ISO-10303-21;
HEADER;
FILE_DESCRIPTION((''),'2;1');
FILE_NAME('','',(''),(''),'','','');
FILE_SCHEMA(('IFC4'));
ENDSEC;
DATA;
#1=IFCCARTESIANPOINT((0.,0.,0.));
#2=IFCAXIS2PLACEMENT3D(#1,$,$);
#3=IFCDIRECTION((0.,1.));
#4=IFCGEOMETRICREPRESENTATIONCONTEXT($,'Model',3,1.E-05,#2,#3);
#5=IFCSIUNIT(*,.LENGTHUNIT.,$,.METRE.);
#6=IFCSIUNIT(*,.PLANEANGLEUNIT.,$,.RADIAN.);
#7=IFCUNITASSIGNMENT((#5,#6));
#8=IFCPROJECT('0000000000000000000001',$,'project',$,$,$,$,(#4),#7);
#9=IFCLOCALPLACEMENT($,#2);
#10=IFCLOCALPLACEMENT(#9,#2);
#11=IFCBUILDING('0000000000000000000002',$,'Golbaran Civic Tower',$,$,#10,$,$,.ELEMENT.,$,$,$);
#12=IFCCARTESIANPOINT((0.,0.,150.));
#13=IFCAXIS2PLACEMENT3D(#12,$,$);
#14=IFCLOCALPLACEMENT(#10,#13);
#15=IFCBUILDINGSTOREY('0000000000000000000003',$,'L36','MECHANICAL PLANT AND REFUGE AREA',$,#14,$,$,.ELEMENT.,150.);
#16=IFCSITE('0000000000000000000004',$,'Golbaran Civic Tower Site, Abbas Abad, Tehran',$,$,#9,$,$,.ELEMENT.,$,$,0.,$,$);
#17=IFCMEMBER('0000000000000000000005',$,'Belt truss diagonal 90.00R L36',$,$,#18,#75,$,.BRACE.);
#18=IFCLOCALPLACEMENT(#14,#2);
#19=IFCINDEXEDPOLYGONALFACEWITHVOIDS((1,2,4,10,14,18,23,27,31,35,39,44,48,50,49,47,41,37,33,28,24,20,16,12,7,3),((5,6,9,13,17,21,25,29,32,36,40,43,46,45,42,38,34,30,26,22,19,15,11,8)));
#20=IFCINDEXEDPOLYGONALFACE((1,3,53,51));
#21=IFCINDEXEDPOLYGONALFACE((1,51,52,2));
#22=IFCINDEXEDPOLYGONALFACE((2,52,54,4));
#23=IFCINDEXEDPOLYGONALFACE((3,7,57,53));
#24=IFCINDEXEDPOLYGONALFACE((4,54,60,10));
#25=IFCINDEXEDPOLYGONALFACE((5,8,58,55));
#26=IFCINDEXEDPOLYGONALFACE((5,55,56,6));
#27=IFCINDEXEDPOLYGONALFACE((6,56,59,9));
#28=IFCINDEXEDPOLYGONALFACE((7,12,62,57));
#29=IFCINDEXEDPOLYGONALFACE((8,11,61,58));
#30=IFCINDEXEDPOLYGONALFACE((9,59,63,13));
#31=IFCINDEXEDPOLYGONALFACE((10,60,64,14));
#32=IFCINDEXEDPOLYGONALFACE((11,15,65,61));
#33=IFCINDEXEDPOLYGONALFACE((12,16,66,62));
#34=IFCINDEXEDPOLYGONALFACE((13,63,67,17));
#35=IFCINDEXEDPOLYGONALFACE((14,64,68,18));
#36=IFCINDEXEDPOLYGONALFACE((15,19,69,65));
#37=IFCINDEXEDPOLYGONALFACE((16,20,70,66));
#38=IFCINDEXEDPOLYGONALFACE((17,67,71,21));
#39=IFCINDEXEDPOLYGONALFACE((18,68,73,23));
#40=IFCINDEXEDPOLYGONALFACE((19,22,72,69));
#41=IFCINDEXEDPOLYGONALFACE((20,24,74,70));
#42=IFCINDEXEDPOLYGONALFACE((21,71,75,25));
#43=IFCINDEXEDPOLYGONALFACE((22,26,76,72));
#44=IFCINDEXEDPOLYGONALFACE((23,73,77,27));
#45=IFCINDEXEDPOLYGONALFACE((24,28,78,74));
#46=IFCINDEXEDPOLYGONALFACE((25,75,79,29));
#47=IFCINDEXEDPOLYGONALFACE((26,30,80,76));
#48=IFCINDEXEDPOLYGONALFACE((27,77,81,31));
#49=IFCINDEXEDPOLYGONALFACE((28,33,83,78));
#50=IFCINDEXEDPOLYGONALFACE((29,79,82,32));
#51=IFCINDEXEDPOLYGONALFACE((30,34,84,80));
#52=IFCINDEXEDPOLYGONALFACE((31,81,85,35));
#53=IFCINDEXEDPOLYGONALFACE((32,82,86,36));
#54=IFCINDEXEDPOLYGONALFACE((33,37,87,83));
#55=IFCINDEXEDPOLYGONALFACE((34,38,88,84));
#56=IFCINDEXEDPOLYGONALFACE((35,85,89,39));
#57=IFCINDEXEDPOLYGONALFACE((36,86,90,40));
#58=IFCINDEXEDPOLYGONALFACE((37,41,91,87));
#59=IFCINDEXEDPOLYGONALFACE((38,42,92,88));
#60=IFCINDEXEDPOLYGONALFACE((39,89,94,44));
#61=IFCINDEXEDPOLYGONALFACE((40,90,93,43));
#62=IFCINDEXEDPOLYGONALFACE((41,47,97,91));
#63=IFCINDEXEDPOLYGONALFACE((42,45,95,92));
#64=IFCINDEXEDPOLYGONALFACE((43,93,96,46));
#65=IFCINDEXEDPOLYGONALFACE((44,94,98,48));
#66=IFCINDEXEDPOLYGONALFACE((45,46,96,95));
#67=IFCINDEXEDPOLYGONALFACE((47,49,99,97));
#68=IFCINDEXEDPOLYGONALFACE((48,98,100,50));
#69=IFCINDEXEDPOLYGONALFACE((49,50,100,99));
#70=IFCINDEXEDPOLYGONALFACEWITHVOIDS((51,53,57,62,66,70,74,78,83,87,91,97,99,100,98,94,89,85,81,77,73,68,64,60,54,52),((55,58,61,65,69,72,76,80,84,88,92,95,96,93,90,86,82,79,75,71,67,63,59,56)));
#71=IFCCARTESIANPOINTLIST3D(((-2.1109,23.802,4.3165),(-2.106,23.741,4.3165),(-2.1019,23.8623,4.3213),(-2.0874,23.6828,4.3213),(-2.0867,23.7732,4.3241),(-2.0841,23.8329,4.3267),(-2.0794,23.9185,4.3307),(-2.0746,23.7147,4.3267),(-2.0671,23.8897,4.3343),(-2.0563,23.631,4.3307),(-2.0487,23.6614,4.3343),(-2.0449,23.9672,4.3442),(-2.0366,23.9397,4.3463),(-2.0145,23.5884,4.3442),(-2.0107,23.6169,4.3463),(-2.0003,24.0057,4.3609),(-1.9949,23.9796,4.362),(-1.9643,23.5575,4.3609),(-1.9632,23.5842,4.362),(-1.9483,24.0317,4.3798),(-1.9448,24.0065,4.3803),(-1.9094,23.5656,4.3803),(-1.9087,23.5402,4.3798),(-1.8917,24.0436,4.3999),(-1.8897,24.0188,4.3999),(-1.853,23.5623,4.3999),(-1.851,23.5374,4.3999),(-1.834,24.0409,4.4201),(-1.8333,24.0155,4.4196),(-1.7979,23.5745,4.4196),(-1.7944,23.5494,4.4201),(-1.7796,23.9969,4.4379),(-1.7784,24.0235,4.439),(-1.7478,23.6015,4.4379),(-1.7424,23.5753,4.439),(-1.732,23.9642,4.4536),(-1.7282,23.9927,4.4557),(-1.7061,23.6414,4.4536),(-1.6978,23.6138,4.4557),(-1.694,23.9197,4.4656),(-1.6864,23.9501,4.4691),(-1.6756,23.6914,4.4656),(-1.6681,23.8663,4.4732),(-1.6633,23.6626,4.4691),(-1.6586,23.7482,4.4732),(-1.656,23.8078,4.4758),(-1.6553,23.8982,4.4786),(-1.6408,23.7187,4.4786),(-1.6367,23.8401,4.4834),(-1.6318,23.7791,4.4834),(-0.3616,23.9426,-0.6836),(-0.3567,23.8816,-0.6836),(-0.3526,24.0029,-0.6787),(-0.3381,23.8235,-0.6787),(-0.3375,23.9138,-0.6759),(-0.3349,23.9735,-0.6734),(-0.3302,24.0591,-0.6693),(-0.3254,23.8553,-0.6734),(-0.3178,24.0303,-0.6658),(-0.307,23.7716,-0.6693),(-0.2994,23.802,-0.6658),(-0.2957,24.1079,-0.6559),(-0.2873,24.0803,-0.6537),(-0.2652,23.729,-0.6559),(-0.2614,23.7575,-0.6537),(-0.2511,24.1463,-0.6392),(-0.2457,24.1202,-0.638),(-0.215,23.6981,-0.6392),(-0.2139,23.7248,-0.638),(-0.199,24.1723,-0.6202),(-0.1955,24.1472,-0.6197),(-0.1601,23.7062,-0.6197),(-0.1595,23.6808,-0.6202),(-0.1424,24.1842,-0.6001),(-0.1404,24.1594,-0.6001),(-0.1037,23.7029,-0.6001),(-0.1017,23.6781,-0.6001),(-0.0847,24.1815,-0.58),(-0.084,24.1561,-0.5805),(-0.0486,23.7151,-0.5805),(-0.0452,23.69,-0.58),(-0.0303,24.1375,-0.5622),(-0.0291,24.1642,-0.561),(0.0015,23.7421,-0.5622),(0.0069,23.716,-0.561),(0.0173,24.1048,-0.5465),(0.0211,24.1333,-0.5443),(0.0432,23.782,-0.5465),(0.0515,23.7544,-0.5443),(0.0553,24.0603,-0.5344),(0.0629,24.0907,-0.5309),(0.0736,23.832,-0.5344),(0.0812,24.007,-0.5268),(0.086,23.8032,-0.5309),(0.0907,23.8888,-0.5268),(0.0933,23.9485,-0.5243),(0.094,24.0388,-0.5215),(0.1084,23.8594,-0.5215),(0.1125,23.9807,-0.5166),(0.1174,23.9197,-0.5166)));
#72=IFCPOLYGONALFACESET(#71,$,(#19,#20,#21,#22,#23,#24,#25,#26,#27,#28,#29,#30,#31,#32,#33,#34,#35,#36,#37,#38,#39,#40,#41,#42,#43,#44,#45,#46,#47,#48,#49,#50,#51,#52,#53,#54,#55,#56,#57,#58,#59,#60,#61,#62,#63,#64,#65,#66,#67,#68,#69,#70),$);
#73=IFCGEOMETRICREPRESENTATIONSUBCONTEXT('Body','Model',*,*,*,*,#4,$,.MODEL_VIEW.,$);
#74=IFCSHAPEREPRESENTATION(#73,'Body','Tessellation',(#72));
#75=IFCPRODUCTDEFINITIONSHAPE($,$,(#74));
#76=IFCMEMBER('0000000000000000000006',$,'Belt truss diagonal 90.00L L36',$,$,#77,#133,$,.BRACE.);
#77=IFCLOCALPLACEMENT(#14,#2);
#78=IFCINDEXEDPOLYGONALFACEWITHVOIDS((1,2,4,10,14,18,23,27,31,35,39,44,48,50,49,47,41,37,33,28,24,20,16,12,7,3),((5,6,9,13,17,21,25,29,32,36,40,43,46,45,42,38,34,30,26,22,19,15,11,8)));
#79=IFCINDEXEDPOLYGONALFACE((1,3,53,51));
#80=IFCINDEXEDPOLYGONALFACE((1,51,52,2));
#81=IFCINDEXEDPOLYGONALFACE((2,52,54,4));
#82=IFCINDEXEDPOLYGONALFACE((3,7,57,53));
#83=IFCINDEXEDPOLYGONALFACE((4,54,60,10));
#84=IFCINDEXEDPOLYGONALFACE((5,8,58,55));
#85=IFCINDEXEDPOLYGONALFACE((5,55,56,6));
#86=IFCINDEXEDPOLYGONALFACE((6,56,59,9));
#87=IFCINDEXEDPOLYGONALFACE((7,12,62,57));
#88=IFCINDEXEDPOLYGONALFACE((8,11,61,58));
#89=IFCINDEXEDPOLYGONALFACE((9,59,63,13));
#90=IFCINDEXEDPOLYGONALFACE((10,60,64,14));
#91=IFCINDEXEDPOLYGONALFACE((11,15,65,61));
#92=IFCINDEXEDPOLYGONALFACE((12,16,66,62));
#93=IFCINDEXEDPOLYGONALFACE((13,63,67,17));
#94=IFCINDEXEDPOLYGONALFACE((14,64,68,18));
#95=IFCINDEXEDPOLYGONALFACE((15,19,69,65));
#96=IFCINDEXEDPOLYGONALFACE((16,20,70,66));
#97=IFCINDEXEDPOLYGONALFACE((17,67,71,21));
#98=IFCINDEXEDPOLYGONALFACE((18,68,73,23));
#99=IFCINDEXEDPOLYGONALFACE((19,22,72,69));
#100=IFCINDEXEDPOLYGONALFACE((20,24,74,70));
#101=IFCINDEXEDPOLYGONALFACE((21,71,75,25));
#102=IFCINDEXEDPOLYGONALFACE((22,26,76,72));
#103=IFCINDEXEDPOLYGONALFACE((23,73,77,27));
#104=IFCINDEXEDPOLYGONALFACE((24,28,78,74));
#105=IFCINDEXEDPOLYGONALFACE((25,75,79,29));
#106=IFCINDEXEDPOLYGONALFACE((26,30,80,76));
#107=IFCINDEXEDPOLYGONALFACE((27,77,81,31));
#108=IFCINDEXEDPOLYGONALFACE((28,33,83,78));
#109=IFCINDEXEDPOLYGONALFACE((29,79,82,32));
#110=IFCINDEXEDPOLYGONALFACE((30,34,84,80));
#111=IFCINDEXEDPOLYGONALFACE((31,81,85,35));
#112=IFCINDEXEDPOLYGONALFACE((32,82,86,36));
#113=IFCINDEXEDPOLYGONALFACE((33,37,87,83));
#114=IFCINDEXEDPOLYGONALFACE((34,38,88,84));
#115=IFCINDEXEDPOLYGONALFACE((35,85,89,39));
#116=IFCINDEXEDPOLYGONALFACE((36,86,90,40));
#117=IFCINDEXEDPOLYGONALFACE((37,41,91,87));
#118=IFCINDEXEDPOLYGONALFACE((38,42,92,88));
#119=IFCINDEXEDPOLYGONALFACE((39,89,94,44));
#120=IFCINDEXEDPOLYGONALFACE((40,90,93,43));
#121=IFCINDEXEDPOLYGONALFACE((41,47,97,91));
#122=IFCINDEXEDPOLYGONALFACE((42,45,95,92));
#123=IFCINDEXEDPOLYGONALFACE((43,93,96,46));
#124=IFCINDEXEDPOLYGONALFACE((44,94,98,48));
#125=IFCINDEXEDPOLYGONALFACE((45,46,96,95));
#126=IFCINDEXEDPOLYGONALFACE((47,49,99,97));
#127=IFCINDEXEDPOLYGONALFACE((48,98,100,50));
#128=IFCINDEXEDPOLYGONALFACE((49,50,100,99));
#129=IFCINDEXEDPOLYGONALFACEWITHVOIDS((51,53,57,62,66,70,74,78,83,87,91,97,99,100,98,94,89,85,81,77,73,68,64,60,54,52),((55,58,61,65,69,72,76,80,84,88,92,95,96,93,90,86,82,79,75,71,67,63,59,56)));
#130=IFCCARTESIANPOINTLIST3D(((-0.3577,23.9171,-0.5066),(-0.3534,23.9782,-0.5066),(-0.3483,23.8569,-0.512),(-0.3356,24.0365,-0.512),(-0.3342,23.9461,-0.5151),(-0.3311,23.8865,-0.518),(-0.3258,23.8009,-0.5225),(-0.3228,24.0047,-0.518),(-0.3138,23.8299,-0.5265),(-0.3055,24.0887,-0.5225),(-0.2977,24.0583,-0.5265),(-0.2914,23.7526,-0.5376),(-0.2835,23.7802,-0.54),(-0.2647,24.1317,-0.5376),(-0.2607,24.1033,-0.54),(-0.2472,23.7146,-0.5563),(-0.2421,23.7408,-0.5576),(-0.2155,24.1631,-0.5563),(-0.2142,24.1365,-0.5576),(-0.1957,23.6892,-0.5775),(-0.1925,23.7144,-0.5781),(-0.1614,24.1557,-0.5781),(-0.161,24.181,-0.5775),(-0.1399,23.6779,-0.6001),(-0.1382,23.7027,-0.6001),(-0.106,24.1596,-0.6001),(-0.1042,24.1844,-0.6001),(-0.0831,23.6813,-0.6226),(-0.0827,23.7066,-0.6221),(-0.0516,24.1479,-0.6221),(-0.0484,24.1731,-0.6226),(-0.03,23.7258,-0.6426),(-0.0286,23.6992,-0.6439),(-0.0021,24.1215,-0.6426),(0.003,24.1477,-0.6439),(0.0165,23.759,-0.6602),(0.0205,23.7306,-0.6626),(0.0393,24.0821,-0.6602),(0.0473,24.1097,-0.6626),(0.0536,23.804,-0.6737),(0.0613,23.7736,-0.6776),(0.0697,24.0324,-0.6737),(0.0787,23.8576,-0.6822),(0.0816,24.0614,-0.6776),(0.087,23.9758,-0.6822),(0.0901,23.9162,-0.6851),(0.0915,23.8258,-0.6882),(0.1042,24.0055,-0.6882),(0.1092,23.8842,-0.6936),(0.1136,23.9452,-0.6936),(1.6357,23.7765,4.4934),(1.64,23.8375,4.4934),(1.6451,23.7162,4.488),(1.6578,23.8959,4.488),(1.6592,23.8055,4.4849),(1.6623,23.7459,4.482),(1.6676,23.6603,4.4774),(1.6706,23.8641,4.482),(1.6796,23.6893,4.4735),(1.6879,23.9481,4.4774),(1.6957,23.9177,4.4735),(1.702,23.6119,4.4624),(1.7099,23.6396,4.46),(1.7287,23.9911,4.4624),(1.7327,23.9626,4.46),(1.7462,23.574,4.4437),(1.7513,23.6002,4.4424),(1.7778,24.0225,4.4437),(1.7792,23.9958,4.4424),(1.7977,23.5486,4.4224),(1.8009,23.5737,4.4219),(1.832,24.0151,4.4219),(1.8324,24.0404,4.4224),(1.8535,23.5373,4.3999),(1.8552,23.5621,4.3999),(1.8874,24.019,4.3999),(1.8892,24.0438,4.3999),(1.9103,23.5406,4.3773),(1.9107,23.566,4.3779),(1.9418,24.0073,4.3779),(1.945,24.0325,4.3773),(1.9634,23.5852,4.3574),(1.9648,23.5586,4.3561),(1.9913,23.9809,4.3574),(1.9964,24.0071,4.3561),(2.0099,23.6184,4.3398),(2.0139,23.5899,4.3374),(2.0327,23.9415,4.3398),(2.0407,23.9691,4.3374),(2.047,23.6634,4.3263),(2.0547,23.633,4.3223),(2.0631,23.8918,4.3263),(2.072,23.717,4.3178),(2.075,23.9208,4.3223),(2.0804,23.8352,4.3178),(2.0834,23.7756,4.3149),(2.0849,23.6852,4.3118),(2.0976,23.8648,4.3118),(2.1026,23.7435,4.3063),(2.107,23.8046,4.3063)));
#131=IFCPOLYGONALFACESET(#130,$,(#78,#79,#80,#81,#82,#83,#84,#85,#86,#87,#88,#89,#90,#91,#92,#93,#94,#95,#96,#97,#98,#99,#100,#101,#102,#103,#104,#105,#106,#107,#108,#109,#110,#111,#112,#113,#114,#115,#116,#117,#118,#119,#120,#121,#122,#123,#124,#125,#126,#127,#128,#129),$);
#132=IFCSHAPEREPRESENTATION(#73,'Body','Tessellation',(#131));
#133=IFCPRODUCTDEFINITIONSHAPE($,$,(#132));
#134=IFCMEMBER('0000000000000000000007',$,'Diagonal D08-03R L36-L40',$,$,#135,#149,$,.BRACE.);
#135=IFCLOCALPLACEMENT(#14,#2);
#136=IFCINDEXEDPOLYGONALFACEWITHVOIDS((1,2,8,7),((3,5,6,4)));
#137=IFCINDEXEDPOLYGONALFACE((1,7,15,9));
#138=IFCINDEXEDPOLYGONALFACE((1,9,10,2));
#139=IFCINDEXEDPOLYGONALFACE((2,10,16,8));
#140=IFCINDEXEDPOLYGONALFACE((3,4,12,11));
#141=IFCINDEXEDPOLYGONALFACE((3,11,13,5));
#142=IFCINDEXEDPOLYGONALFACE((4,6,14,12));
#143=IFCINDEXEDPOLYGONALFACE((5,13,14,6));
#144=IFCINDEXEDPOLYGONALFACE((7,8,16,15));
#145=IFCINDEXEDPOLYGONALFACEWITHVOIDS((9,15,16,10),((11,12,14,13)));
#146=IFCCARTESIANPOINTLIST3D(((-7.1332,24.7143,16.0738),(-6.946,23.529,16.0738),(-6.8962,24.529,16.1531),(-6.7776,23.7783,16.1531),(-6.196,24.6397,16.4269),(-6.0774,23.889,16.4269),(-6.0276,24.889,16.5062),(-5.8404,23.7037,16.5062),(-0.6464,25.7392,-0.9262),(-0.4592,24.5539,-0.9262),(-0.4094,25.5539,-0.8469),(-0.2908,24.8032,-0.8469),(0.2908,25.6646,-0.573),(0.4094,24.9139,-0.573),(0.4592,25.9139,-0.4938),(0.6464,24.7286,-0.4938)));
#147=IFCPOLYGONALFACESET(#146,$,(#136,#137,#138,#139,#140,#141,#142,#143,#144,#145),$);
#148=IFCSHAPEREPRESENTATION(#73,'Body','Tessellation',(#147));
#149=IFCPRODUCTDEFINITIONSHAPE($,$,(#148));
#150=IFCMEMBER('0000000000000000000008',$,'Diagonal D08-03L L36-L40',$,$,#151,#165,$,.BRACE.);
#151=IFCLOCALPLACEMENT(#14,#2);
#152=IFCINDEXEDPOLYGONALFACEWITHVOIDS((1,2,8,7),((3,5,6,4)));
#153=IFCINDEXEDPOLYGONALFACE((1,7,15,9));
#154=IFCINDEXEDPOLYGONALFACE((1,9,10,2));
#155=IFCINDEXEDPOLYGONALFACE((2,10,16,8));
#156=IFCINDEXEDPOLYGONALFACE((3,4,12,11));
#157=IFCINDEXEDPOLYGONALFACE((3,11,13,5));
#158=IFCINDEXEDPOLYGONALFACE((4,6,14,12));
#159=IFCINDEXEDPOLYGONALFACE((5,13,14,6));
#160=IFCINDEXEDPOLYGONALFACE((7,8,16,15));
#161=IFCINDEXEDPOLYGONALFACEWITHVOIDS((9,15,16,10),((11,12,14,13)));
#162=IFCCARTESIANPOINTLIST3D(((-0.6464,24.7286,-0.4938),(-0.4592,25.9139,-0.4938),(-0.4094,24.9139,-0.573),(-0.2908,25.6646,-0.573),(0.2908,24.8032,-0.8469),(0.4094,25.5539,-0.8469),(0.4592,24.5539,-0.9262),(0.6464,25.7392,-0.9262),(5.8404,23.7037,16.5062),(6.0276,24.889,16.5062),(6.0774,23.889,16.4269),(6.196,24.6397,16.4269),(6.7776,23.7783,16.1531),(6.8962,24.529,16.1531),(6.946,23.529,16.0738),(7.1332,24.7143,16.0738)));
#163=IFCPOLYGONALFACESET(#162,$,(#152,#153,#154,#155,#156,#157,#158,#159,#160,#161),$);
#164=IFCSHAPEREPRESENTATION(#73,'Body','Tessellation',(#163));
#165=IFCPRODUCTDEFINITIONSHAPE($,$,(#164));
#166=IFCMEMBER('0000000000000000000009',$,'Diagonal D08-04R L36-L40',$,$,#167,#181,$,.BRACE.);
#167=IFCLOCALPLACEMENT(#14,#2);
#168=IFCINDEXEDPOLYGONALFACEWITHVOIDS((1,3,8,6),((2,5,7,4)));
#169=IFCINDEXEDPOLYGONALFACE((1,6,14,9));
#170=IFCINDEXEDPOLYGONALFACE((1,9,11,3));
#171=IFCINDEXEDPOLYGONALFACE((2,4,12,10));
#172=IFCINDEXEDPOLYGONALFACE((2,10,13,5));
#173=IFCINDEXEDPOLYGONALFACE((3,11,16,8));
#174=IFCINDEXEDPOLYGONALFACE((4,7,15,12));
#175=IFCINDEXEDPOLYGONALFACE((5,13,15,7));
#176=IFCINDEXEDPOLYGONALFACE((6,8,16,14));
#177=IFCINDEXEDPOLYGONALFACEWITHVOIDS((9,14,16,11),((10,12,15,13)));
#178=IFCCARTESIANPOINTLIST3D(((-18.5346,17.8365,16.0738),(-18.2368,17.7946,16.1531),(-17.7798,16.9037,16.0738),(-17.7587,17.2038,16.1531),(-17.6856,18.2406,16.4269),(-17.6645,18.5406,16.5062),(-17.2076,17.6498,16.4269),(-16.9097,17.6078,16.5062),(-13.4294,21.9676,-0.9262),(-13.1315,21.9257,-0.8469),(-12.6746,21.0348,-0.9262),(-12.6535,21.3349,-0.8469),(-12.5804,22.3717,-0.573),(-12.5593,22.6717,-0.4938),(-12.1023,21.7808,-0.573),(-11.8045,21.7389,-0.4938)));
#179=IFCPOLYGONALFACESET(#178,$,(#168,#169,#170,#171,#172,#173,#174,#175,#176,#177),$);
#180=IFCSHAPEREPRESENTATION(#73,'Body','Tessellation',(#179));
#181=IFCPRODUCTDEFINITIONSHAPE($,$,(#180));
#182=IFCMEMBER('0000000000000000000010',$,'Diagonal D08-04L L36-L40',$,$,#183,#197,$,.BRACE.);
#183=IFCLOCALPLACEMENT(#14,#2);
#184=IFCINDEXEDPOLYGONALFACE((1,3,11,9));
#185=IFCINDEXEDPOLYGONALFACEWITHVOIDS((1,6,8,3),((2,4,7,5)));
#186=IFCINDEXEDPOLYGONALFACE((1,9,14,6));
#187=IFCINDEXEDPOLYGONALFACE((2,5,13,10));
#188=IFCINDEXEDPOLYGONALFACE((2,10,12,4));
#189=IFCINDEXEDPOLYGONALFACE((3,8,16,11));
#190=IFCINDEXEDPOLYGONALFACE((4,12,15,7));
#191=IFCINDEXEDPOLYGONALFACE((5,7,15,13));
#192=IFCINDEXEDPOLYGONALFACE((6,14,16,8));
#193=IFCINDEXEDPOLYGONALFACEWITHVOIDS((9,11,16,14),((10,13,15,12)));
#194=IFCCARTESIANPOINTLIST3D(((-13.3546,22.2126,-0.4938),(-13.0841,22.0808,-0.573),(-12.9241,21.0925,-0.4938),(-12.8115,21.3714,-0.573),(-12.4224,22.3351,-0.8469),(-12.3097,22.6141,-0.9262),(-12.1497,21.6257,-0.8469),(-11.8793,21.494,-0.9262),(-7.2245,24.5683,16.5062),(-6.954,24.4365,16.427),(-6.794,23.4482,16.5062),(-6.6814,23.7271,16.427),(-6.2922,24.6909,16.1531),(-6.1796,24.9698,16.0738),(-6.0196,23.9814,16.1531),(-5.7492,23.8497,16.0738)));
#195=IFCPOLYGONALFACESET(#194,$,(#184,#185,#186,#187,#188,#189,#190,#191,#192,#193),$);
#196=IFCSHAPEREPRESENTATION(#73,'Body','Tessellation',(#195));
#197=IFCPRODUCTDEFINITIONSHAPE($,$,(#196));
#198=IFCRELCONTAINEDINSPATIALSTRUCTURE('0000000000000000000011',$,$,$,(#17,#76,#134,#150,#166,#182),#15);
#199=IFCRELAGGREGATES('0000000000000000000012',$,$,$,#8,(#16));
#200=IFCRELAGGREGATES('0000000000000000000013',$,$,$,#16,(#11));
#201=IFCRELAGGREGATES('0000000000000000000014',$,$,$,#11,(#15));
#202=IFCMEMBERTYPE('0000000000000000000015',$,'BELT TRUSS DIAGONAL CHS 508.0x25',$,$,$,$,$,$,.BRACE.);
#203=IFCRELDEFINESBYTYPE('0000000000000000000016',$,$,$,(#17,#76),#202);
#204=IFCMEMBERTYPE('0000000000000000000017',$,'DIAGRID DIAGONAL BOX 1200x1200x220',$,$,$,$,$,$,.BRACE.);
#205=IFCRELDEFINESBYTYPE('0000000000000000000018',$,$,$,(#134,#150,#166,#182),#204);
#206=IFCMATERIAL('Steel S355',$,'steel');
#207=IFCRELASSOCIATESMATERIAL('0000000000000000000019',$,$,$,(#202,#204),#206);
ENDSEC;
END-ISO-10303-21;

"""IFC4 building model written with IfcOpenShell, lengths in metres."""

from ifc_helpers import new_model, si_unit, direction, frame, origin, origin_2d, place, context, subcontext, project, spatial, hollow_rectangle, hollow_circle, extrude, material, material_profile, profile_set, type_object, element, save


model = new_model("IFC4")

# Units and contexts
model_context = context("Model", 3, precision=1e-05, world=origin(), true_north=direction((0.0, 1.0)))
body_context = subcontext(model_context, "Body", "Model", "MODEL_VIEW")
ifc_project = project(units=[si_unit("LENGTHUNIT", "METRE"), si_unit("PLANEANGLEUNIT", "RADIAN")], contexts=[model_context])

# Site, building, storey
site_placement = place(None, origin())
site = spatial("IfcSite", under=ifc_project, at=site_placement, Name="Golbaran Civic Tower Site, Abbas Abad, Tehran", CompositionType="ELEMENT", RefElevation=0.0)
building_placement = place(site_placement, origin())
building = spatial("IfcBuilding", under=site, at=building_placement, Name="Golbaran Civic Tower", CompositionType="ELEMENT")
storey_placement = place(building_placement, frame((0.0, 0.0, 150.0)))
storey = spatial("IfcBuildingStorey", under=building, at=storey_placement, Name="L36", Description="MECHANICAL PLANT AND REFUGE AREA", CompositionType="ELEMENT", Elevation=150.0)

# Members
ifc_material_1 = material(Name="Steel S355", Category="steel")
ifc_material_profile_1 = material_profile(ifc_material_1, hollow_circle(Radius=0.2539, WallThickness=0.0249, at=origin_2d()), Name="CHS 508.0x25")
ifc_profile_set_1 = profile_set([ifc_material_profile_1], Name="Steel S355")
member_type_1 = type_object("IfcMemberType", Name="BELT TRUSS DIAGONAL CHS 508.0x25", PredefinedType="BRACE", material=ifc_profile_set_1)
member_1_placement = place(storey_placement, frame((-0.1221, 23.9312, -0.6001), z_axis=(-0.330111, -0.026538, 0.943569), x_axis=(0.080132, -0.996784, 0.0)))
element("IfcMember", 1, at=member_1_placement, inside=storey, type_object=member_type_1, Name="Belt truss diagonal 90.00R L36", PredefinedType="BRACE", context=body_context, shape_type="SweptSolid", body=[
    extrude(hollow_circle(Radius=0.2539, WallThickness=0.0249, at=origin_2d()), origin(), (0.0, 0.0, 1.0), 5.2991),
])
member_2_placement = place(storey_placement, frame((-0.1221, 23.9312, -0.6001), z_axis=(0.370208, -0.026116, 0.928582), x_axis=(0.07037, 0.997521, 0.0)))
element("IfcMember", 2, at=member_2_placement, inside=storey, type_object=member_type_1, Name="Belt truss diagonal 90.00L L36", PredefinedType="BRACE", context=body_context, shape_type="SweptSolid", body=[
    extrude(hollow_circle(Radius=0.2539, WallThickness=0.0249, at=origin_2d()), origin(), (0.0, 0.0, 1.0), 5.3845),
])
ifc_material_profile_2 = material_profile(ifc_material_1, hollow_rectangle(XDim=1.2, YDim=1.2, WallThickness=0.22, at=origin_2d()), Name="BOX 1200x1200x220")
ifc_profile_set_2 = profile_set([ifc_material_profile_2], Name="Steel S355")
member_type_2 = type_object("IfcMemberType", Name="DIAGRID DIAGONAL BOX 1200x1200x220", PredefinedType="BRACE", material=ifc_profile_set_2)
for number, where, z_axis, x_axis, name in (
    (3, (0.0, 25.2339, -0.71), (-0.355941, -0.056238, 0.932815), (0.156062, -0.987747, 0.0), "Diagonal D08-03R L36-L40"),
    (4, (0.0, 25.2339, -0.71), (0.355941, -0.056238, 0.932815), (0.156062, 0.987747, 0.0), "Diagonal D08-03L L36-L40"),
    (5, (-12.6169, 21.8533, -0.71), (-0.280131, -0.22668, 0.932815), (0.629042, -0.777371, 0.0), "Diagonal D08-04R L36-L40"),
    (6, (-12.6169, 21.8533, -0.71), (0.33637, 0.129262, 0.932817), (-0.35871, 0.933449, 0.0), "Diagonal D08-04L L36-L40"),
):
    element("IfcMember", number, at=place(storey_placement, frame(where, z_axis=z_axis, x_axis=x_axis)), inside=storey, type_object=member_type_2, Name=name, PredefinedType="BRACE", context=body_context, shape_type="SweptSolid", body=[
        extrude(hollow_rectangle(XDim=1.2, YDim=1.2, WallThickness=0.22, at=origin_2d()), origin(), (0.0, 0.0, 1.0), 18.2244),
    ])

save(model, "model.ifc")
